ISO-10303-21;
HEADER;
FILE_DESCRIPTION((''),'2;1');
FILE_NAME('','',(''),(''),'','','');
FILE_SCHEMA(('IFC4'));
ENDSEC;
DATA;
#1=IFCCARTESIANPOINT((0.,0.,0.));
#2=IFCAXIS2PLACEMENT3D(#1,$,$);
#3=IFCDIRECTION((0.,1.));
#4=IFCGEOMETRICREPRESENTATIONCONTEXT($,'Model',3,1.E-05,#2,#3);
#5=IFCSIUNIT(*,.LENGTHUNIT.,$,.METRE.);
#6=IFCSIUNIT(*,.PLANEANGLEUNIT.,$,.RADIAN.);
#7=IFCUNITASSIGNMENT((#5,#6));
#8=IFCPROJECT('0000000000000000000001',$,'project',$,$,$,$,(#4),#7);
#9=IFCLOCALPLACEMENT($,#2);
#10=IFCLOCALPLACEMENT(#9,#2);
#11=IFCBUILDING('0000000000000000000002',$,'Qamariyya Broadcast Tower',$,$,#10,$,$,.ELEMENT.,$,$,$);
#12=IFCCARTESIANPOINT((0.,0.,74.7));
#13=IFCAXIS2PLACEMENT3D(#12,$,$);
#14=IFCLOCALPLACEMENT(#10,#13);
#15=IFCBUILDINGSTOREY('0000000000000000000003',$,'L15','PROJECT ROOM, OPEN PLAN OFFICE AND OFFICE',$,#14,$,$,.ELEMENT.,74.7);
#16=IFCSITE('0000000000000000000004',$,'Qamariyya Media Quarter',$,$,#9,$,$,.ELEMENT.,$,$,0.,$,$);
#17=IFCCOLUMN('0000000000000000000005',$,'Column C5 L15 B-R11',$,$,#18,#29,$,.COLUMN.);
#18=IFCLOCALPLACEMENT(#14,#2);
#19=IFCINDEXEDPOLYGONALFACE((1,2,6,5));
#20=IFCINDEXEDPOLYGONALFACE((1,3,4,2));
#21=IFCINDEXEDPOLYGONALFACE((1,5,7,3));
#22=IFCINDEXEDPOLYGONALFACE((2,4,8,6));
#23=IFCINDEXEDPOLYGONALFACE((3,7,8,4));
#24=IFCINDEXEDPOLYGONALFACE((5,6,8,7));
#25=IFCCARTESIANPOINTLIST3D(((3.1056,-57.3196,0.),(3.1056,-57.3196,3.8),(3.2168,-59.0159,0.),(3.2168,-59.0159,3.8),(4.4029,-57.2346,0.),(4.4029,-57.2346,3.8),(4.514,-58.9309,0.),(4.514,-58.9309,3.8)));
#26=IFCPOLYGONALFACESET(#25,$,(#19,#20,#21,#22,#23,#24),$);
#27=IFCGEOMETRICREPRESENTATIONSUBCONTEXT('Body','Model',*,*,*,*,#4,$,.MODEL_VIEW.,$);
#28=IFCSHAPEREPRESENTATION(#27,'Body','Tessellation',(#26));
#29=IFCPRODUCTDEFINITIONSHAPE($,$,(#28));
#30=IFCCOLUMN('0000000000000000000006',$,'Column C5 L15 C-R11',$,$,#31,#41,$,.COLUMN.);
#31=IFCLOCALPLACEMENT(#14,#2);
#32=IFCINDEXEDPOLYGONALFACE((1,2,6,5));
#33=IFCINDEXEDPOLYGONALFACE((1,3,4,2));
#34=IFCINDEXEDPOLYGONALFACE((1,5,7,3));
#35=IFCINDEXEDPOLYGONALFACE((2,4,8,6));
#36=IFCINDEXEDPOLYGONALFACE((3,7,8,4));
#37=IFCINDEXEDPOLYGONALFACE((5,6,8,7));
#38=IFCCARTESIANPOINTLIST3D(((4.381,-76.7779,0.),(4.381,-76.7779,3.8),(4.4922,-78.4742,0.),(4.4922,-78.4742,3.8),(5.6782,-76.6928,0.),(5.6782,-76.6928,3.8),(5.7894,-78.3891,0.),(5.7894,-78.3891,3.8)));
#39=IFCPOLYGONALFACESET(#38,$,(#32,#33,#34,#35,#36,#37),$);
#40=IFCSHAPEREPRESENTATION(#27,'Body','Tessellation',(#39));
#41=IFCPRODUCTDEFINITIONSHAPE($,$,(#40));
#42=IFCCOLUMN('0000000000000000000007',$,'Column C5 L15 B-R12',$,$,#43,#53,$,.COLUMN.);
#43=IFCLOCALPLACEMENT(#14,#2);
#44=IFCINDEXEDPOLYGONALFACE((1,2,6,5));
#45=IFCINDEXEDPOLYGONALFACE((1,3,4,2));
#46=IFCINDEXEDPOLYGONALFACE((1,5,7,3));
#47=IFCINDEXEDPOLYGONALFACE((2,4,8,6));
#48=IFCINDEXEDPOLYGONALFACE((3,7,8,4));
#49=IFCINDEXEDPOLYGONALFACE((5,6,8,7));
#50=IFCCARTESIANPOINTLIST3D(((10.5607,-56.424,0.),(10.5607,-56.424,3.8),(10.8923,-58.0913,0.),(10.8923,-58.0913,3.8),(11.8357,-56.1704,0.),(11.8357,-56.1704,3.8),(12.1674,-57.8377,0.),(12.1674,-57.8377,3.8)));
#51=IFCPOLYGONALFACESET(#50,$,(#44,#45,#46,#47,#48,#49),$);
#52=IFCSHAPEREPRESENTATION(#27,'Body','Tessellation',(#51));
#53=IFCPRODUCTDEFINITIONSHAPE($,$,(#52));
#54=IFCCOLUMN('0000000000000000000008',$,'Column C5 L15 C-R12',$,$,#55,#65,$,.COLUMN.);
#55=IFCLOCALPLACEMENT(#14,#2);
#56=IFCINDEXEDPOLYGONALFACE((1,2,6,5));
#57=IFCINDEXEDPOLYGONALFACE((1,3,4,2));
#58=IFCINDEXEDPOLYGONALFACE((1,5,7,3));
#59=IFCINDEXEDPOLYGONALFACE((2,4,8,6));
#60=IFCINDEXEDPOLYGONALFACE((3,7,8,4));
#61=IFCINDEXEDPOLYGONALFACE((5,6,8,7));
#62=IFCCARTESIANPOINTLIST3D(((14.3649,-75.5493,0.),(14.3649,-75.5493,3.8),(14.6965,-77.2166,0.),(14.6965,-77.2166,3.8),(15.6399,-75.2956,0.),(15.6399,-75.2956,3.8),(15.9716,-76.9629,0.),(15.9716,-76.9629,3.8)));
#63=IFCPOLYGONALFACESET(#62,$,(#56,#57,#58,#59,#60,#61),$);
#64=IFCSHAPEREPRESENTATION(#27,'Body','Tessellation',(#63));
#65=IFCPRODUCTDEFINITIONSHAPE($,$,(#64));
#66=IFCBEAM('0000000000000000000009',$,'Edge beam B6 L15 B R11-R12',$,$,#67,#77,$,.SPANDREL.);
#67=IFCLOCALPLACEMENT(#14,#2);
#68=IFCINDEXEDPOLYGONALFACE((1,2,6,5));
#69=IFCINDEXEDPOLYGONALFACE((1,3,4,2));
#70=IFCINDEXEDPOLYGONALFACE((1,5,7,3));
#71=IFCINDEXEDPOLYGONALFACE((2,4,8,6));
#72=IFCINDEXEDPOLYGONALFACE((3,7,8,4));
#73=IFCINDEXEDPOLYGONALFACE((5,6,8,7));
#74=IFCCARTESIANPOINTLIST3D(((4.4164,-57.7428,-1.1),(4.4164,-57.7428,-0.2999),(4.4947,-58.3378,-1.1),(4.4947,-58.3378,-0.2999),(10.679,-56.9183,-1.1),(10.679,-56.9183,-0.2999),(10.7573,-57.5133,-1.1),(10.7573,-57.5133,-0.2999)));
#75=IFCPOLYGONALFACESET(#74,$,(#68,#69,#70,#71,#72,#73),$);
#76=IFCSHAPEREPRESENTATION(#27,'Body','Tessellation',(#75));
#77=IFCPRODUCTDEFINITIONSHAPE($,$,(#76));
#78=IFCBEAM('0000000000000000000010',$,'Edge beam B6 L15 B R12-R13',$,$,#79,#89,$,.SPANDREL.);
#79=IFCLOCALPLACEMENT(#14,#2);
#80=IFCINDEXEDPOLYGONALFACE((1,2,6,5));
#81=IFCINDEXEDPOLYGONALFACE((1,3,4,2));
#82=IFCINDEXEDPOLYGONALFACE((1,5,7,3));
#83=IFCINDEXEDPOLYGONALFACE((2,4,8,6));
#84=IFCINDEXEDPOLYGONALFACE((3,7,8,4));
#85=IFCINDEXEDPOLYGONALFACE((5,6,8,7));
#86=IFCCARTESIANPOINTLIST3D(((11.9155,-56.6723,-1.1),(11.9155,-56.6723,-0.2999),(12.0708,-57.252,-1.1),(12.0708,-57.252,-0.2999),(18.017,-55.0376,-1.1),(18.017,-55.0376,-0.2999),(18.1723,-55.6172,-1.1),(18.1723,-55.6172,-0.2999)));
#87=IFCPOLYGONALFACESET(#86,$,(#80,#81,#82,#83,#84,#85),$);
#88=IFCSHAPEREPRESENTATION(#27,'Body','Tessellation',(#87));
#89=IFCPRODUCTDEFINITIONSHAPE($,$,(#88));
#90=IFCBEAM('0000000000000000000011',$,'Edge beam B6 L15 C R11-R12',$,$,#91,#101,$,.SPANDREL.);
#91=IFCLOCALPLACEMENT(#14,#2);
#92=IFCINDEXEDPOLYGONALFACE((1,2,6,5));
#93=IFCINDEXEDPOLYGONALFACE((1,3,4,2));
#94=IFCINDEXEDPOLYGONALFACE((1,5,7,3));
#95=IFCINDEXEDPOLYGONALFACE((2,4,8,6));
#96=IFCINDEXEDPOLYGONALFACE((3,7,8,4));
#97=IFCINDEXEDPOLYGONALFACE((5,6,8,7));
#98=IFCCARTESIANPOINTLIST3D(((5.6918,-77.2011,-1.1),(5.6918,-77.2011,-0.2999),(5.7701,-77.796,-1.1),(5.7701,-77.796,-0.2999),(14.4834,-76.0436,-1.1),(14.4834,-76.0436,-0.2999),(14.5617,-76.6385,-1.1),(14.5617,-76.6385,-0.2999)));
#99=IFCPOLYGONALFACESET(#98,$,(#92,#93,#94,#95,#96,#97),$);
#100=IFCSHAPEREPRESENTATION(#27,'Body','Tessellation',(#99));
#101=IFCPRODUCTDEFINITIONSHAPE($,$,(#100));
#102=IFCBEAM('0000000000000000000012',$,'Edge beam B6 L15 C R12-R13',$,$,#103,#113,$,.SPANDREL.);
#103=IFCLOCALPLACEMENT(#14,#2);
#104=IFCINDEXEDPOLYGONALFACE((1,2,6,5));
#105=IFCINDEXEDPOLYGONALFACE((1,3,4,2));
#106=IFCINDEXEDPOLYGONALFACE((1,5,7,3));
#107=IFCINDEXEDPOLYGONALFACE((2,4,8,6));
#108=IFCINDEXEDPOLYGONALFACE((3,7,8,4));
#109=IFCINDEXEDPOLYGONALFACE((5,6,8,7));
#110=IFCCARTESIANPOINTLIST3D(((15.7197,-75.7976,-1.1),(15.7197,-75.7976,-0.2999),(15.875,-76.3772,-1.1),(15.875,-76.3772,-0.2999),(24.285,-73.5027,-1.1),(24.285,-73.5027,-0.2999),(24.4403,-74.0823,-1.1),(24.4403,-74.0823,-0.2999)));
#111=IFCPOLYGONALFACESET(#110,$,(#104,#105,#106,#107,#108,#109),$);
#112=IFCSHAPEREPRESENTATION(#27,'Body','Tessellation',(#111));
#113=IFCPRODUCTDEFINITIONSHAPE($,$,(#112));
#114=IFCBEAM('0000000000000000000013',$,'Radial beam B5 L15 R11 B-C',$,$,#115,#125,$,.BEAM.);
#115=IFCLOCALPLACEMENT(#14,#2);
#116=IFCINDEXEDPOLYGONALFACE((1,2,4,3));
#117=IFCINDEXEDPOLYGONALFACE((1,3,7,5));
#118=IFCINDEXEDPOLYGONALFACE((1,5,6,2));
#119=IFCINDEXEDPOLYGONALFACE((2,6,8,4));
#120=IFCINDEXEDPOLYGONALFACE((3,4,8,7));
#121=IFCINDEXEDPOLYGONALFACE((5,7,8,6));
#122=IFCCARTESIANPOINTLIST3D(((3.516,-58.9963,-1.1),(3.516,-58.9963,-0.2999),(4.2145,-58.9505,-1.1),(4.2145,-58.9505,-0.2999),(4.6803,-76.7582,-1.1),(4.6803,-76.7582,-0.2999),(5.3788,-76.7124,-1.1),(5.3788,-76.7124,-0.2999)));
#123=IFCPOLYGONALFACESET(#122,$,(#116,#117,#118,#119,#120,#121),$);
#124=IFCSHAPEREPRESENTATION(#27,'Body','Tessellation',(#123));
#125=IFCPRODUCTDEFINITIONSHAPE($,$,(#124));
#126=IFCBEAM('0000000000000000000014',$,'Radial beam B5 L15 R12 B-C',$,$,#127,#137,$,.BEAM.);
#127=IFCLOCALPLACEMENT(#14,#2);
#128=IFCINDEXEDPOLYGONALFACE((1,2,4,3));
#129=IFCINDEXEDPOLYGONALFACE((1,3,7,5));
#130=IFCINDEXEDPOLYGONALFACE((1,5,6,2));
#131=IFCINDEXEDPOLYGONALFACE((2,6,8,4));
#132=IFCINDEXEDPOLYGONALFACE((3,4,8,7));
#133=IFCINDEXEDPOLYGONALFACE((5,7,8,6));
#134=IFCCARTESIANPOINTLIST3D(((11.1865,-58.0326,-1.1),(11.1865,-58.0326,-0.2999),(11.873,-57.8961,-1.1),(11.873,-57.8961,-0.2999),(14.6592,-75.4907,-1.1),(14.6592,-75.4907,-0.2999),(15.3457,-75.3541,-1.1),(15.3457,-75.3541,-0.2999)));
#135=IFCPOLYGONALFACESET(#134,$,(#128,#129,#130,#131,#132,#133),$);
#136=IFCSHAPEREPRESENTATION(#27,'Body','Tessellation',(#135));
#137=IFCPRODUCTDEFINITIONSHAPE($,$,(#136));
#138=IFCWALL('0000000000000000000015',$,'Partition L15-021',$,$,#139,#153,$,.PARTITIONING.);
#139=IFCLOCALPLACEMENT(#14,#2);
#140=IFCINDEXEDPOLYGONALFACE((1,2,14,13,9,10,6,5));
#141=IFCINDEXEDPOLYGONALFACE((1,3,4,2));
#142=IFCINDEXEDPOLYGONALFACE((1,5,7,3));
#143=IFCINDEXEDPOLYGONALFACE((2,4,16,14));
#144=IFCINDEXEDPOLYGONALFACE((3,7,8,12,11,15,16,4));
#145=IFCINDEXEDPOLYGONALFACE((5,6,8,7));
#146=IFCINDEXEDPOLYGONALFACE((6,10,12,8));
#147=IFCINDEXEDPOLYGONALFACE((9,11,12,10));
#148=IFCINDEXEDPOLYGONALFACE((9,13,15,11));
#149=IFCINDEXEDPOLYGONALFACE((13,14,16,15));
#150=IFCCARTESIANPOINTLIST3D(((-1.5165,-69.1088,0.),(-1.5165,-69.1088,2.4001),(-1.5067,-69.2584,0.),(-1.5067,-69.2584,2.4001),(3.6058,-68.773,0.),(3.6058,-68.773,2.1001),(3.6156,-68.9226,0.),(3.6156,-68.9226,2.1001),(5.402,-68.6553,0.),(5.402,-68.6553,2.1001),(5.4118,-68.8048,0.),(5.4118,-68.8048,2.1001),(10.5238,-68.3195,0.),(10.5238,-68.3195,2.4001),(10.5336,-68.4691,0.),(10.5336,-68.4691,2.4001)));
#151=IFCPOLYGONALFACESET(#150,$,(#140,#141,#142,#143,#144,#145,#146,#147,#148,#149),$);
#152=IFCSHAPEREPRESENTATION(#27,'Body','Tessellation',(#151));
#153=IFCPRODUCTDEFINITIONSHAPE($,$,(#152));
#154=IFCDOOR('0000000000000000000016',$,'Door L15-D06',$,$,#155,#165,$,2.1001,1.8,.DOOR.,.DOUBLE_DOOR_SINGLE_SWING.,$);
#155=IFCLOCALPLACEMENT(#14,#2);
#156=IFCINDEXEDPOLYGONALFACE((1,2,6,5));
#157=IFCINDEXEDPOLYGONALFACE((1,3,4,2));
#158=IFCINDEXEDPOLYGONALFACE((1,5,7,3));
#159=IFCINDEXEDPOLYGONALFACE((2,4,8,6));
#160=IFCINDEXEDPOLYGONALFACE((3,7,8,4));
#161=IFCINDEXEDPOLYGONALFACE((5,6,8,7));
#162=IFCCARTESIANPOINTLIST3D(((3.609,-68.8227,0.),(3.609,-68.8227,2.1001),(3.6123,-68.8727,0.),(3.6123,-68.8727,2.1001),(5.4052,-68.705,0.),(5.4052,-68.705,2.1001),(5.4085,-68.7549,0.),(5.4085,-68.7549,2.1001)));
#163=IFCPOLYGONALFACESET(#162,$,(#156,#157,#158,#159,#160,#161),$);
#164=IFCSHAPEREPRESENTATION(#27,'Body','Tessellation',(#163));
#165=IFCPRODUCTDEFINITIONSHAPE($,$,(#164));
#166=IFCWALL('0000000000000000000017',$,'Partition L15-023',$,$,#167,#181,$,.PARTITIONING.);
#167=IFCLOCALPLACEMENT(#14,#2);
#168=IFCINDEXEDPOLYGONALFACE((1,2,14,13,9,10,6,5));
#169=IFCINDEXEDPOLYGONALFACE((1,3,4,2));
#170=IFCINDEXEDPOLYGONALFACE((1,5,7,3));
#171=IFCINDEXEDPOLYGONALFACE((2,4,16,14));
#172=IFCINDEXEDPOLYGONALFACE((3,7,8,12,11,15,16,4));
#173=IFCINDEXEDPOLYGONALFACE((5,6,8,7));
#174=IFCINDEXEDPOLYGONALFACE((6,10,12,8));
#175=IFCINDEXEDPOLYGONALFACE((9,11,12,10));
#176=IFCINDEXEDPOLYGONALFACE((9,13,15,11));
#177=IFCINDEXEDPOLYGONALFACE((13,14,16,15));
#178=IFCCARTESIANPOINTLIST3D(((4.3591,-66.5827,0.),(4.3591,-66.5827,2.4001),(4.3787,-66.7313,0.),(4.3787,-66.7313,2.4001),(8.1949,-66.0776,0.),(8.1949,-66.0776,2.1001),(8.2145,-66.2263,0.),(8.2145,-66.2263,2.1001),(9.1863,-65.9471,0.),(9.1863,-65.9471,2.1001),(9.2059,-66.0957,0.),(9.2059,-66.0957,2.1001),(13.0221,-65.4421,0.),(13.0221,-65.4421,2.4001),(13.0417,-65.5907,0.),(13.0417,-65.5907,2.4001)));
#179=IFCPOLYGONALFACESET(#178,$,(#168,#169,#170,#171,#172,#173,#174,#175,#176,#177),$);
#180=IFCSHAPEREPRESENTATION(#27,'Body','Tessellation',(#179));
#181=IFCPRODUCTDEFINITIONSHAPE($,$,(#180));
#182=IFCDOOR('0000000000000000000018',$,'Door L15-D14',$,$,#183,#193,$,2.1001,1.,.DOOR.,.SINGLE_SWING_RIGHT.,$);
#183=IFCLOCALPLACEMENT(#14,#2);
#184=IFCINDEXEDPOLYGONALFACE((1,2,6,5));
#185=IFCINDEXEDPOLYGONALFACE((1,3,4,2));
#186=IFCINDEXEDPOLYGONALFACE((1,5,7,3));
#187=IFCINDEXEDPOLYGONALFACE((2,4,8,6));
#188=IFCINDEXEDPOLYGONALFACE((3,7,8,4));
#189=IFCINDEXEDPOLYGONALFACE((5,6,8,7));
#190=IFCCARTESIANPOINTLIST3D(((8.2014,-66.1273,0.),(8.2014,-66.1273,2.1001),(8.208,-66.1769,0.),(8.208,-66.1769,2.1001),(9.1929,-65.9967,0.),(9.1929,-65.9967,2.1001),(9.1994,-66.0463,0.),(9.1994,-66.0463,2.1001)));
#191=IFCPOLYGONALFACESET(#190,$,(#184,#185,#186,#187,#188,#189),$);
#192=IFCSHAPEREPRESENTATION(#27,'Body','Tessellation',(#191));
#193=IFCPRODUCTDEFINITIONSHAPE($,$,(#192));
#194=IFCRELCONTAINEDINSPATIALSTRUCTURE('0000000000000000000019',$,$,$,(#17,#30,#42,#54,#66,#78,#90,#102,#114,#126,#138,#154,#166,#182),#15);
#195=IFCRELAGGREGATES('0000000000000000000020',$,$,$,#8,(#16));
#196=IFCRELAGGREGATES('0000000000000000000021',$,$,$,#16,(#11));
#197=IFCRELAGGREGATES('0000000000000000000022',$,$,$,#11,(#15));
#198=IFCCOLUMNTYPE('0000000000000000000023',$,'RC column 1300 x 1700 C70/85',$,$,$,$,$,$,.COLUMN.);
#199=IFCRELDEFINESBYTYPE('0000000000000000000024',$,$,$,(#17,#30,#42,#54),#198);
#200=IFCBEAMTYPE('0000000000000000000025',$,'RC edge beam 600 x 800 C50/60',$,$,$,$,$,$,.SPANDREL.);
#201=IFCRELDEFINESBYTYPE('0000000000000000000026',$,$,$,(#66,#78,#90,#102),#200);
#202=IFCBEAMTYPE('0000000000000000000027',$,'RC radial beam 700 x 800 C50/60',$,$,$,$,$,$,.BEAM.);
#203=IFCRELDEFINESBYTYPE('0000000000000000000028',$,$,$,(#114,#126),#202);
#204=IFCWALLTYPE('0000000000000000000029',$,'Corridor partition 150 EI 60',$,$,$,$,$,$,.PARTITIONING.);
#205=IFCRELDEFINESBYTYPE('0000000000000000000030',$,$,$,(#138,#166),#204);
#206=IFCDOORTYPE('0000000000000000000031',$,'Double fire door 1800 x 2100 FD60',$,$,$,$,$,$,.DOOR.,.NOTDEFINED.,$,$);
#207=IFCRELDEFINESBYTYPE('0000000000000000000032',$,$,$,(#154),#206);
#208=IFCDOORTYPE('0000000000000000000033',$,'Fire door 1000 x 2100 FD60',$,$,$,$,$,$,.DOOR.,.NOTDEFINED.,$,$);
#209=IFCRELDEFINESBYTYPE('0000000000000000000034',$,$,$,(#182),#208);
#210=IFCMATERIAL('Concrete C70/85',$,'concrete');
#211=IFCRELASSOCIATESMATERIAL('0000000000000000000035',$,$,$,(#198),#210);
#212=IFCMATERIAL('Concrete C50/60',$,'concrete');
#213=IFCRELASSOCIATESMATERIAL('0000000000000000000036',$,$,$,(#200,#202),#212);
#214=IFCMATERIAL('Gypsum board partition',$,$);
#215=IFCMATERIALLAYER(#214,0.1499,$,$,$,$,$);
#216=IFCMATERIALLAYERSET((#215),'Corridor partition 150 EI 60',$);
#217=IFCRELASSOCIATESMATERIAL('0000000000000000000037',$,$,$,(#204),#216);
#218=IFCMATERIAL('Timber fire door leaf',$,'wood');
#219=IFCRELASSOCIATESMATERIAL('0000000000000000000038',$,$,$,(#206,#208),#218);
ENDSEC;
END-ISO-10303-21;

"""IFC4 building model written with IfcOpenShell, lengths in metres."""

from ifc_helpers import new_model, si_unit, direction, frame, frame_2d, origin, origin_2d, place, context, subcontext, project, spatial, rectangle, extrude, material, layer, layer_set, material_profile, profile_set, type_object, element, fill, save


model = new_model("IFC4")

# Units and contexts
model_context = context("Model", 3, precision=1e-05, world=origin(), true_north=direction((0.0, 1.0)))
body_context = subcontext(model_context, "Body", "Model", "MODEL_VIEW")
ifc_project = project(units=[si_unit("LENGTHUNIT", "METRE"), si_unit("PLANEANGLEUNIT", "RADIAN")], contexts=[model_context])

# Site, building, storey
site_placement = place(None, origin())
site = spatial("IfcSite", under=ifc_project, at=site_placement, Name="Qamariyya Media Quarter", CompositionType="ELEMENT", RefElevation=0.0)
building_placement = place(site_placement, origin())
building = spatial("IfcBuilding", under=site, at=building_placement, Name="Qamariyya Broadcast Tower", CompositionType="ELEMENT")
storey_placement = place(building_placement, frame((0.0, 0.0, 74.7)))
storey = spatial("IfcBuildingStorey", under=building, at=storey_placement, Name="L15", Description="PROJECT ROOM, OPEN PLAN OFFICE AND OFFICE", CompositionType="ELEMENT", Elevation=74.7)

# Columns
ifc_material_1 = material(Name="Concrete C70/85", Category="concrete")
ifc_material_profile_1 = material_profile(ifc_material_1, rectangle(XDim=1.3, YDim=1.7, at=origin_2d()))
ifc_profile_set_1 = profile_set([ifc_material_profile_1], Name="Concrete C70/85")
column_type = type_object("IfcColumnType", Name="RC column 1300 x 1700 C70/85", PredefinedType="COLUMN", material=ifc_profile_set_1)
for number, where, z_axis, x_axis, name in (
    (1, (3.8098, -58.1252, 0.0), (0.0, 0.0, 1.0), (0.997859, 0.065403, 0.0), "Column C5 L15 B-R11"),
    (2, (5.0852, -77.5835, 0.0), (0.0, 0.0, 1.0), (0.997859, 0.065403, 0.0), "Column C5 L15 C-R11"),
    (3, (11.364, -57.1309, 0.0), (0.0, 0.0, 1.0), (0.980785, 0.19509, 0.0), "Column C5 L15 B-R12"),
    (4, (15.1682, -76.2561, 0.0), (0.0, 0.0, 1.0), (0.980785, 0.19509, 0.0), "Column C5 L15 C-R12"),
):
    element("IfcColumn", number, at=place(storey_placement, frame(where, z_axis=z_axis, x_axis=x_axis)), inside=storey, type_object=column_type, Name=name, PredefinedType="COLUMN", context=body_context, shape_type="SweptSolid", body=[
        extrude(rectangle(XDim=1.3, YDim=1.7, at=origin_2d()), origin(), (0.0, 0.0, 1.0), 3.8),
    ])

# Beams
ifc_material_2 = material(Name="Concrete C50/60", Category="concrete")
ifc_material_profile_2 = material_profile(ifc_material_2, rectangle(XDim=0.6001, YDim=0.8, at=origin_2d()))
ifc_profile_set_2 = profile_set([ifc_material_profile_2], Name="Concrete C50/60")
beam_type_1 = type_object("IfcBeamType", Name="RC edge beam 600 x 800 C50/60", PredefinedType="SPANDREL", material=ifc_profile_set_2)
for number, where, z_axis, x_axis, name in (
    (5, (4.4556, -58.0403, -0.7), (0.991446, 0.13052, 0.0), (-0.13052, 0.991446, 0.0), "Edge beam B6 L15 B R11-R12"),
    (6, (11.9932, -56.9622, -0.7), (0.965931, 0.258798, 0.0), (-0.258798, 0.965931, 0.0), "Edge beam B6 L15 B R12-R13"),
):
    element("IfcBeam", number, at=place(storey_placement, frame(where, z_axis=z_axis, x_axis=x_axis)), inside=storey, type_object=beam_type_1, Name=name, PredefinedType="SPANDREL", context=body_context, shape_type="SweptSolid", body=[
        extrude(rectangle(XDim=0.6001, YDim=0.8, at=origin_2d()), origin(), (0.0, 0.0, 1.0), 6.3167),
    ])
for number, where, z_axis, x_axis, name in (
    (7, (5.731, -77.4985, -0.7), (0.991444, 0.130531, 0.0), (-0.130531, 0.991444, 0.0), "Edge beam B6 L15 C R11-R12"),
    (8, (15.7974, -76.0874, -0.7), (0.965931, 0.2588, 0.0), (-0.2588, 0.965931, 0.0), "Edge beam B6 L15 C R12-R13"),
):
    element("IfcBeam", number, at=place(storey_placement, frame(where, z_axis=z_axis, x_axis=x_axis)), inside=storey, type_object=beam_type_1, Name=name, PredefinedType="SPANDREL", context=body_context, shape_type="SweptSolid", body=[
        extrude(rectangle(XDim=0.6001, YDim=0.8, at=origin_2d()), origin(), (0.0, 0.0, 1.0), 8.8674),
    ])
ifc_material_profile_3 = material_profile(ifc_material_2, rectangle(XDim=0.7, YDim=0.8, at=origin_2d()))
ifc_profile_set_3 = profile_set([ifc_material_profile_3], Name="Concrete C50/60")
beam_type_2 = type_object("IfcBeamType", Name="RC radial beam 700 x 800 C50/60", PredefinedType="BEAM", material=ifc_profile_set_3)
for number, where, z_axis, x_axis, name in (
    (9, (3.8652, -58.9734, -0.7), (0.06541, -0.997858, 0.0), (0.997858, 0.06541, 0.0), "Radial beam B5 L15 R11 B-C"),
    (10, (11.5298, -57.9644, -0.7), (0.195093, -0.980785, 0.0), (0.980785, 0.195093, 0.0), "Radial beam B5 L15 R12 B-C"),
):
    element("IfcBeam", number, at=place(storey_placement, frame(where, z_axis=z_axis, x_axis=x_axis)), inside=storey, type_object=beam_type_2, Name=name, PredefinedType="BEAM", context=body_context, shape_type="SweptSolid", body=[
        extrude(rectangle(XDim=0.7, YDim=0.8, at=origin_2d()), origin(), (0.0, 0.0, 1.0), 17.8),
    ])

# Walls, openings, doors
ifc_material_3 = material(Name="Gypsum board partition")
ifc_layer_1 = layer(ifc_material_3, 0.1499)
ifc_layer_set_1 = layer_set([ifc_layer_1], Name="Corridor partition 150 EI 60")
wall_type_1 = type_object("IfcWallType", Name="Corridor partition 150 EI 60", PredefinedType="PARTITIONING", material=ifc_layer_set_1)
wall_1_placement = place(storey_placement, frame((10.5288, -68.3943, 0.0), z_axis=(0.0, 0.0, 1.0), x_axis=(-0.997858, -0.065415, 0.0)))
wall_1 = element("IfcWall", 11, at=wall_1_placement, inside=storey, type_object=wall_type_1, Name="Partition L15-021", PredefinedType="PARTITIONING", context=body_context, shape_type="SweptSolid", body=[
    extrude(rectangle(XDim=12.0662, YDim=0.1499, at=frame_2d((6.0332, 0.0))), origin(), (0.0, 0.0, 1.0), 2.4001),
])
opening_1_placement = place(wall_1_placement, frame((5.1331, 0.0, 0.0)))
opening_1 = element("IfcOpeningElement", 12, at=opening_1_placement, cuts=wall_1, PredefinedType="OPENING", context=body_context, shape_type="SweptSolid", body=[
    extrude(rectangle(XDim=1.8, YDim=2.1001, at=frame_2d((0.8999, 1.05))), frame((0.0, 0.085, 0.0), z_axis=(0.0, -1.0, 0.0), x_axis=(1.0, 0.0, 0.0)), (0.0, 0.0, 1.0), 0.1699),
])
ifc_material_4 = material(Name="Timber fire door leaf", Category="wood")
door_type_1 = type_object("IfcDoorType", Name="Double fire door 1800 x 2100 FD60", OperationType="NOTDEFINED", PredefinedType="DOOR", material=ifc_material_4)
door_1_placement = place(opening_1_placement, origin())
door_1 = element("IfcDoor", 13, at=door_1_placement, inside=storey, type_object=door_type_1, Name="Door L15-D06", OperationType="DOUBLE_DOOR_SINGLE_SWING", OverallHeight=2.1001, OverallWidth=1.8, PredefinedType="DOOR", context=body_context, shape_type="SweptSolid", body=[
    extrude(rectangle(XDim=1.8, YDim=2.1001, at=frame_2d((0.8999, 1.05))), frame((0.0, 0.0249, 0.0), z_axis=(0.0, -1.0, 0.0), x_axis=(1.0, 0.0, 0.0)), (0.0, 0.0, 1.0), 0.05),
])
fill(opening_1, door_1)
wall_2_placement = place(storey_placement, frame((4.3689, -66.657, 0.0), z_axis=(0.0, 0.0, 1.0), x_axis=(0.991443, 0.130538, 0.0)))
wall_2 = element("IfcWall", 14, at=wall_2_placement, inside=storey, type_object=wall_type_1, Name="Partition L15-023", PredefinedType="PARTITIONING", context=body_context, shape_type="SweptSolid", body=[
    extrude(rectangle(XDim=8.7378, YDim=0.1499, at=frame_2d((4.3689, 0.0))), origin(), (0.0, 0.0, 1.0), 2.4001),
])
opening_2_placement = place(wall_2_placement, frame((3.8689, 0.0, 0.0)))
opening_2 = element("IfcOpeningElement", 15, at=opening_2_placement, cuts=wall_2, PredefinedType="OPENING", context=body_context, shape_type="SweptSolid", body=[
    extrude(rectangle(XDim=1.0, YDim=2.1001, at=frame_2d((0.5, 1.05))), frame((0.0, 0.085, 0.0), z_axis=(0.0, -1.0, 0.0), x_axis=(1.0, 0.0, 0.0)), (0.0, 0.0, 1.0), 0.1699),
])
door_type_2 = type_object("IfcDoorType", Name="Fire door 1000 x 2100 FD60", OperationType="NOTDEFINED", PredefinedType="DOOR", material=ifc_material_4)
door_2_placement = place(opening_2_placement, origin())
door_2 = element("IfcDoor", 16, at=door_2_placement, inside=storey, type_object=door_type_2, Name="Door L15-D14", OperationType="SINGLE_SWING_RIGHT", OverallHeight=2.1001, OverallWidth=1.0, PredefinedType="DOOR", context=body_context, shape_type="SweptSolid", body=[
    extrude(rectangle(XDim=1.0, YDim=2.1001, at=frame_2d((0.5, 1.05))), frame((0.0, 0.0249, 0.0), z_axis=(0.0, -1.0, 0.0), x_axis=(1.0, 0.0, 0.0)), (0.0, 0.0, 1.0), 0.05),
])
fill(opening_2, door_2)

save(model, "model.ifc")
